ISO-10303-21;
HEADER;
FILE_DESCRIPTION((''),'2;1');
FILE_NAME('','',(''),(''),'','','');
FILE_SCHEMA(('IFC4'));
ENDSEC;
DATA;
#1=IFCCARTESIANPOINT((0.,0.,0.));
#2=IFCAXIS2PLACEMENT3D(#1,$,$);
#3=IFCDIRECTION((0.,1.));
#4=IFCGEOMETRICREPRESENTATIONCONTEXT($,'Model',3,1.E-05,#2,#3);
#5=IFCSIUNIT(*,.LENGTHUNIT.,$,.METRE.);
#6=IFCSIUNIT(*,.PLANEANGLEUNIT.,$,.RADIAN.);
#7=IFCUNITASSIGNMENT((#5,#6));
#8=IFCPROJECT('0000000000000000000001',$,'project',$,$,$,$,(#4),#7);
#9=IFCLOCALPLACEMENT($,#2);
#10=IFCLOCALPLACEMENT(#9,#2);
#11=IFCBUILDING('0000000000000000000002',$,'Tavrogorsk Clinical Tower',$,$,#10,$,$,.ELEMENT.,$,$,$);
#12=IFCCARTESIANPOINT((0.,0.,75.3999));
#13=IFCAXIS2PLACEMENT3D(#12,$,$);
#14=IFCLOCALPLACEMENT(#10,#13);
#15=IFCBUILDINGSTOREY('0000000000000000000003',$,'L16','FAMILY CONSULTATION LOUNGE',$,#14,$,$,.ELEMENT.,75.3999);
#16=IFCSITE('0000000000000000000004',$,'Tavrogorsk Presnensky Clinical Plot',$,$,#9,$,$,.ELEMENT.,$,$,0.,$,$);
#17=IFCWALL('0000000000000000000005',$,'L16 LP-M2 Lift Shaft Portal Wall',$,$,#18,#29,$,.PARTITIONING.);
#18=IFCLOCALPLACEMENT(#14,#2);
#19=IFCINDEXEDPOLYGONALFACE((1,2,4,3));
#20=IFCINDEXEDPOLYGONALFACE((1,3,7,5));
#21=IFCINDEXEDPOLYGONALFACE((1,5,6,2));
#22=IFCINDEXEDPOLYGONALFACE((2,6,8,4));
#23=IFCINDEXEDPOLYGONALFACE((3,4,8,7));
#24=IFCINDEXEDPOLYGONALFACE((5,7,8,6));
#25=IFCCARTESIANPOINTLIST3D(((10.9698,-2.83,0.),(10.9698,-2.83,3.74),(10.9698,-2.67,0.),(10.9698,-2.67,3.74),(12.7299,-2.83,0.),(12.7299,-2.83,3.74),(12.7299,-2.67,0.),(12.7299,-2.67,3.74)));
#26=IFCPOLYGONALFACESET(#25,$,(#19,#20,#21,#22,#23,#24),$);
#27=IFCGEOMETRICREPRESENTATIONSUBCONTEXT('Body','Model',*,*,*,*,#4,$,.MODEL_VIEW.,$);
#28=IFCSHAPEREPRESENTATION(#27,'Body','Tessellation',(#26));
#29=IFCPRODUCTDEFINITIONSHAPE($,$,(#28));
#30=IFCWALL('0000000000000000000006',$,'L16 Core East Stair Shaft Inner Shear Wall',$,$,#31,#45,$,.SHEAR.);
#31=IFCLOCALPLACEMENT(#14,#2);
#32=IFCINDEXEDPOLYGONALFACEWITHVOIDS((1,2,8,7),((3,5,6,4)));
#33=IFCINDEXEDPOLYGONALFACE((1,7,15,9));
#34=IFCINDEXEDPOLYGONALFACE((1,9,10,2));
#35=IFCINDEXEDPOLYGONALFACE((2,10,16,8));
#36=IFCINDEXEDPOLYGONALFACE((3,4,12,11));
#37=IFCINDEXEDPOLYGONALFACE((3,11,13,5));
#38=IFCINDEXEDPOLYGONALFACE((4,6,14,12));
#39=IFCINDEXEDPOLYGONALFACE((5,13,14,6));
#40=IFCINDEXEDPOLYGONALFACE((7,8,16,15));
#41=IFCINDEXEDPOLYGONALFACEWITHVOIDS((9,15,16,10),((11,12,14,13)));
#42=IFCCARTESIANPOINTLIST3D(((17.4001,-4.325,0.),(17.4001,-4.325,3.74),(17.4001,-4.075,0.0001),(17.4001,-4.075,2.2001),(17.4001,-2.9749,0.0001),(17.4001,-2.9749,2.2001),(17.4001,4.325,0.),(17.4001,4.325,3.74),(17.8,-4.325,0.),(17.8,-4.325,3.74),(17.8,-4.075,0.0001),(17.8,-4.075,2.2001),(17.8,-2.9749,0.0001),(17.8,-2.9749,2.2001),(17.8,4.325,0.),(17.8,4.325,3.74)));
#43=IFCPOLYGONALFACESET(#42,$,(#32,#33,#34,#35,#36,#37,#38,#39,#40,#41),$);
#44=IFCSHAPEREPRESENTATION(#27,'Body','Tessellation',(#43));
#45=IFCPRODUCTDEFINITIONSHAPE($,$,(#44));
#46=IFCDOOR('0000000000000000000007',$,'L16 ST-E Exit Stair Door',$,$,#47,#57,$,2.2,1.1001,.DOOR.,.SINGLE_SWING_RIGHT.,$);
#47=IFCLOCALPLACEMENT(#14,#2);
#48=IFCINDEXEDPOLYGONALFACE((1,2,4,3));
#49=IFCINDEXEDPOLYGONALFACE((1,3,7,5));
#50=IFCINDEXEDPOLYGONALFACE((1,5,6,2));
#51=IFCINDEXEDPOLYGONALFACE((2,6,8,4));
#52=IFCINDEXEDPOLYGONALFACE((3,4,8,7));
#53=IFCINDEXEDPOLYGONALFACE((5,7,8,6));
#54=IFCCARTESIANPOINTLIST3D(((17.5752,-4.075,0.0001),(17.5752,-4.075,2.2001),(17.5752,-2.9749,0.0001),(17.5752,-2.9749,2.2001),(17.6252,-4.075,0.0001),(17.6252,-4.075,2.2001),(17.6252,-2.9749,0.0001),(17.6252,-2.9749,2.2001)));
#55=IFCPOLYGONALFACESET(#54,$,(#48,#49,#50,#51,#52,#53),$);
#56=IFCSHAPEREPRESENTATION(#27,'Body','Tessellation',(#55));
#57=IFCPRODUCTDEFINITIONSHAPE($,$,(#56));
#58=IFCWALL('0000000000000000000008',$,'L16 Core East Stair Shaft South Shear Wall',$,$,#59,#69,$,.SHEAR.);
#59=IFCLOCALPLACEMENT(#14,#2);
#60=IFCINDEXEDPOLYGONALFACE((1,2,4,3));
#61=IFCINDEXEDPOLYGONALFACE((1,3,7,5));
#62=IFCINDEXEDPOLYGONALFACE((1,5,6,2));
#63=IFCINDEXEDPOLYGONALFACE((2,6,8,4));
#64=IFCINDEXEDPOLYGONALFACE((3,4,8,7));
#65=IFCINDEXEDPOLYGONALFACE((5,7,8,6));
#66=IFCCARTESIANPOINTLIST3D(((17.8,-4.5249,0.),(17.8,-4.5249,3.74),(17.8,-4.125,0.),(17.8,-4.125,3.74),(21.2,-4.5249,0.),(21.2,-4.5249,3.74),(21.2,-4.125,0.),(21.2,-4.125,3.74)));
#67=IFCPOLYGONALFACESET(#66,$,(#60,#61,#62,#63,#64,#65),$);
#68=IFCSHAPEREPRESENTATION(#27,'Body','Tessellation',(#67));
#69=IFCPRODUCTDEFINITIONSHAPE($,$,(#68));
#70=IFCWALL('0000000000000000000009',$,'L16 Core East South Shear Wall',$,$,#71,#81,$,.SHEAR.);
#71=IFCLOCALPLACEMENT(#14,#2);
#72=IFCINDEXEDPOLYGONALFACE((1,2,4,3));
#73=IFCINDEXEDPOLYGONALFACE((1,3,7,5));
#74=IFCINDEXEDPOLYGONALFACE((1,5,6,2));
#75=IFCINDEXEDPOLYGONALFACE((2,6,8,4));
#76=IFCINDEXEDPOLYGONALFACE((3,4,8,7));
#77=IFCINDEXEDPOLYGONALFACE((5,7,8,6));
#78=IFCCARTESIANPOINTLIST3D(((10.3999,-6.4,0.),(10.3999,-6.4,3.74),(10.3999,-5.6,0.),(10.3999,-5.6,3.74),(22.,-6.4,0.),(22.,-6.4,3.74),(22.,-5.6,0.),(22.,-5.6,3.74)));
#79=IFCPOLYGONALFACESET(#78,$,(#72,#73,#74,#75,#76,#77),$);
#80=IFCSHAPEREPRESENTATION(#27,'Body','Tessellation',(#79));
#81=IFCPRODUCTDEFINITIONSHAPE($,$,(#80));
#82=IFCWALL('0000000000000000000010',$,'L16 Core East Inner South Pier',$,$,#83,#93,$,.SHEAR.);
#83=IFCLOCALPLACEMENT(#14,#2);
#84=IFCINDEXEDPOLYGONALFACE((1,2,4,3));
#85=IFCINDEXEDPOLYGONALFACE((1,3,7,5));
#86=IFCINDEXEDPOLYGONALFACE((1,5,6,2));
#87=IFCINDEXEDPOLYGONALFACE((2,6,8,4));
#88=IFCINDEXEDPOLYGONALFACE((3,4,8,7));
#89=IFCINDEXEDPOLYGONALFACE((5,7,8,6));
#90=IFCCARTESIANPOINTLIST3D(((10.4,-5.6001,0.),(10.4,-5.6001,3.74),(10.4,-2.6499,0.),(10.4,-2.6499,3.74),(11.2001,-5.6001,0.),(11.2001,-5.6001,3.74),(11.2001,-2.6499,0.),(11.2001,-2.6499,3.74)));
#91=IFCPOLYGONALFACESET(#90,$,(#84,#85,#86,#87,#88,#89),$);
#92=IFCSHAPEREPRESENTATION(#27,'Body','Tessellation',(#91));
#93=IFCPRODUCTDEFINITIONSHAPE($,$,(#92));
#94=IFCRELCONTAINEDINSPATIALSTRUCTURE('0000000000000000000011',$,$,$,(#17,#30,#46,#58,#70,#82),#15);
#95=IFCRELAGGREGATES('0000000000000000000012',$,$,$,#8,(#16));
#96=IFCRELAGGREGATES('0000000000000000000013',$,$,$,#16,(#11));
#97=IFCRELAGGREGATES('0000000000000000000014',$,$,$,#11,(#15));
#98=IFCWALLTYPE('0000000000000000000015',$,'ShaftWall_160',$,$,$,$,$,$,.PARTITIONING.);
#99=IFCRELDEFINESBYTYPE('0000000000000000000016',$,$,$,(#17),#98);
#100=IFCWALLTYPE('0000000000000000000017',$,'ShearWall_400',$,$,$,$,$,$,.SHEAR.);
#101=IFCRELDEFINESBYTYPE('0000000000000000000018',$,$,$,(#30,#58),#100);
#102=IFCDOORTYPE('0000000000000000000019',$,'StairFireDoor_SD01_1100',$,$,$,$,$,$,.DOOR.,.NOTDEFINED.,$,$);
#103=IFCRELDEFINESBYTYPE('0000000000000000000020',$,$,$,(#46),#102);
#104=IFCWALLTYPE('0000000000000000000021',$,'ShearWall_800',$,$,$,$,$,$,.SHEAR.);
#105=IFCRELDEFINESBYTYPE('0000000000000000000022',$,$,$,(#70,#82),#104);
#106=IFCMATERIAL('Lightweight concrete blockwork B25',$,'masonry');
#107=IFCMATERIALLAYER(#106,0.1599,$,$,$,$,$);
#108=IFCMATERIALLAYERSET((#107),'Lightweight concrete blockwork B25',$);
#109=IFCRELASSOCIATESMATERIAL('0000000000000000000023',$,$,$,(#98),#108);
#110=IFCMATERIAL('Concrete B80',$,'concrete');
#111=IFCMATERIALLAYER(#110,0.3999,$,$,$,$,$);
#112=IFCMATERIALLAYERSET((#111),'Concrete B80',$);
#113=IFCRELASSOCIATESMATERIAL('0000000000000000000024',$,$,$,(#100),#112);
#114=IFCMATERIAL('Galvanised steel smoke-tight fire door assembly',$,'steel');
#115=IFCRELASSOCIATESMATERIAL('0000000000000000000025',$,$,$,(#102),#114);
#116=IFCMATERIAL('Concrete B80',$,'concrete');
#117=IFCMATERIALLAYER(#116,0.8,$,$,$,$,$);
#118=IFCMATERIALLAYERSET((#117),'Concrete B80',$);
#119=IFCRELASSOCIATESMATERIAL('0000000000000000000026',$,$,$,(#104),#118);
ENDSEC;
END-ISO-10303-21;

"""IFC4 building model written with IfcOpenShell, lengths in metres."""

from ifc_helpers import new_model, si_unit, direction, frame, frame_2d, origin, place, context, subcontext, project, spatial, rectangle, extrude, material, layer, layer_set, type_object, element, fill, save


model = new_model("IFC4")

# Units and contexts
model_context = context("Model", 3, precision=1e-05, world=origin(), true_north=direction((0.0, 1.0)))
body_context = subcontext(model_context, "Body", "Model", "MODEL_VIEW")
ifc_project = project(units=[si_unit("LENGTHUNIT", "METRE"), si_unit("PLANEANGLEUNIT", "RADIAN")], contexts=[model_context])

# Site, building, storey
site_placement = place(None, origin())
site = spatial("IfcSite", under=ifc_project, at=site_placement, Name="Tavrogorsk Presnensky Clinical Plot", CompositionType="ELEMENT", RefElevation=0.0)
building_placement = place(site_placement, origin())
building = spatial("IfcBuilding", under=site, at=building_placement, Name="Tavrogorsk Clinical Tower", CompositionType="ELEMENT")
storey_placement = place(building_placement, frame((0.0, 0.0, 75.3999)))
storey = spatial("IfcBuildingStorey", under=building, at=storey_placement, Name="L16", Description="FAMILY CONSULTATION LOUNGE", CompositionType="ELEMENT", Elevation=75.3999)

# Shared definitions
ifc_material_1 = material(Name="Lightweight concrete blockwork B25", Category="masonry")
ifc_layer_1 = layer(ifc_material_1, 0.1599)
ifc_layer_set_1 = layer_set([ifc_layer_1], Name="Lightweight concrete blockwork B25")
wall_type_1 = type_object("IfcWallType", Name="ShaftWall_160", PredefinedType="PARTITIONING", material=ifc_layer_set_1)

# Wall
wall_1_placement = place(storey_placement, frame((10.97, -2.75, 0.0), z_axis=(0.0, 0.0, 1.0), x_axis=(1.0, 0.0, 0.0)))
element("IfcWall", 1, at=wall_1_placement, inside=storey, type_object=wall_type_1, Name="L16 LP-M2 Lift Shaft Portal Wall", PredefinedType="PARTITIONING", context=body_context, shape_type="SweptSolid", body=[
    extrude(rectangle(XDim=1.76, YDim=0.1599, at=frame_2d((0.8799, 0.0))), origin(), (0.0, 0.0, 1.0), 3.74),
])

# Wall, opening, door
ifc_material_2 = material(Name="Concrete B80", Category="concrete")
ifc_layer_2 = layer(ifc_material_2, 0.3999)
ifc_layer_set_2 = layer_set([ifc_layer_2], Name="Concrete B80")
wall_type_2 = type_object("IfcWallType", Name="ShearWall_400", PredefinedType="SHEAR", material=ifc_layer_set_2)
wall_2_placement = place(storey_placement, frame((17.6001, -4.325, 0.0), z_axis=(0.0, 0.0, 1.0), x_axis=(0.0, 1.0, 0.0)))
wall_2 = element("IfcWall", 2, at=wall_2_placement, inside=storey, type_object=wall_type_2, Name="L16 Core East Stair Shaft Inner Shear Wall", PredefinedType="SHEAR", context=body_context, shape_type="SweptSolid", body=[
    extrude(rectangle(XDim=8.6499, YDim=0.3999, at=frame_2d((4.325, 0.0))), origin(), (0.0, 0.0, 1.0), 3.74),
])
opening_1_placement = place(wall_2_placement, frame((0.25, 0.0, 0.0)))
opening_1 = element("IfcOpeningElement", 3, at=opening_1_placement, cuts=wall_2, PredefinedType="OPENING", context=body_context, shape_type="SweptSolid", body=[
    extrude(rectangle(XDim=1.1001, YDim=2.2, at=frame_2d((0.55, 1.1001))), frame((0.0, 0.21, 0.0), z_axis=(0.0, -1.0, 0.0), x_axis=(1.0, 0.0, 0.0)), (0.0, 0.0, 1.0), 0.4199),
])
ifc_material_3 = material(Name="Galvanised steel smoke-tight fire door assembly", Category="steel")
door_type_1 = type_object("IfcDoorType", Name="StairFireDoor_SD01_1100", OperationType="NOTDEFINED", PredefinedType="DOOR", material=ifc_material_3)
door_1_placement = place(opening_1_placement, origin())
door_1 = element("IfcDoor", 4, at=door_1_placement, inside=storey, type_object=door_type_1, Name="L16 ST-E Exit Stair Door", OperationType="SINGLE_SWING_RIGHT", OverallHeight=2.2, OverallWidth=1.1001, PredefinedType="DOOR", context=body_context, shape_type="SweptSolid", body=[
    extrude(rectangle(XDim=1.1001, YDim=2.2, at=frame_2d((0.55, 1.1001))), frame((0.0, 0.0249, 0.0), z_axis=(0.0, -1.0, 0.0), x_axis=(1.0, 0.0, 0.0)), (0.0, 0.0, 1.0), 0.05),
])
fill(opening_1, door_1)

# Walls
wall_3_placement = place(storey_placement, frame((17.8, -4.325, 0.0), z_axis=(0.0, 0.0, 1.0), x_axis=(1.0, 0.0, 0.0)))
element("IfcWall", 5, at=wall_3_placement, inside=storey, type_object=wall_type_2, Name="L16 Core East Stair Shaft South Shear Wall", PredefinedType="SHEAR", context=body_context, shape_type="SweptSolid", body=[
    extrude(rectangle(XDim=3.3999, YDim=0.3999, at=frame_2d((1.7, 0.0))), origin(), (0.0, 0.0, 1.0), 3.74),
])
ifc_material_4 = material(Name="Concrete B80", Category="concrete")
ifc_layer_3 = layer(ifc_material_4, 0.8)
ifc_layer_set_3 = layer_set([ifc_layer_3], Name="Concrete B80")
wall_type_3 = type_object("IfcWallType", Name="ShearWall_800", PredefinedType="SHEAR", material=ifc_layer_set_3)
wall_4_placement = place(storey_placement, frame((10.3999, -6.0, 0.0), z_axis=(0.0, 0.0, 1.0), x_axis=(1.0, 0.0, 0.0)))
element("IfcWall", 6, at=wall_4_placement, inside=storey, type_object=wall_type_3, Name="L16 Core East South Shear Wall", PredefinedType="SHEAR", context=body_context, shape_type="SweptSolid", body=[
    extrude(rectangle(XDim=11.6001, YDim=0.8, at=frame_2d((5.8, 0.0))), origin(), (0.0, 0.0, 1.0), 3.74),
])
wall_5_placement = place(storey_placement, frame((10.8, -5.6001, 0.0), z_axis=(0.0, 0.0, 1.0), x_axis=(0.0, 1.0, 0.0)))
element("IfcWall", 7, at=wall_5_placement, inside=storey, type_object=wall_type_3, Name="L16 Core East Inner South Pier", PredefinedType="SHEAR", context=body_context, shape_type="SweptSolid", body=[
    extrude(rectangle(XDim=2.9502, YDim=0.8, at=frame_2d((1.4751, 0.0))), origin(), (0.0, 0.0, 1.0), 3.74),
])

save(model, "model.ifc")
